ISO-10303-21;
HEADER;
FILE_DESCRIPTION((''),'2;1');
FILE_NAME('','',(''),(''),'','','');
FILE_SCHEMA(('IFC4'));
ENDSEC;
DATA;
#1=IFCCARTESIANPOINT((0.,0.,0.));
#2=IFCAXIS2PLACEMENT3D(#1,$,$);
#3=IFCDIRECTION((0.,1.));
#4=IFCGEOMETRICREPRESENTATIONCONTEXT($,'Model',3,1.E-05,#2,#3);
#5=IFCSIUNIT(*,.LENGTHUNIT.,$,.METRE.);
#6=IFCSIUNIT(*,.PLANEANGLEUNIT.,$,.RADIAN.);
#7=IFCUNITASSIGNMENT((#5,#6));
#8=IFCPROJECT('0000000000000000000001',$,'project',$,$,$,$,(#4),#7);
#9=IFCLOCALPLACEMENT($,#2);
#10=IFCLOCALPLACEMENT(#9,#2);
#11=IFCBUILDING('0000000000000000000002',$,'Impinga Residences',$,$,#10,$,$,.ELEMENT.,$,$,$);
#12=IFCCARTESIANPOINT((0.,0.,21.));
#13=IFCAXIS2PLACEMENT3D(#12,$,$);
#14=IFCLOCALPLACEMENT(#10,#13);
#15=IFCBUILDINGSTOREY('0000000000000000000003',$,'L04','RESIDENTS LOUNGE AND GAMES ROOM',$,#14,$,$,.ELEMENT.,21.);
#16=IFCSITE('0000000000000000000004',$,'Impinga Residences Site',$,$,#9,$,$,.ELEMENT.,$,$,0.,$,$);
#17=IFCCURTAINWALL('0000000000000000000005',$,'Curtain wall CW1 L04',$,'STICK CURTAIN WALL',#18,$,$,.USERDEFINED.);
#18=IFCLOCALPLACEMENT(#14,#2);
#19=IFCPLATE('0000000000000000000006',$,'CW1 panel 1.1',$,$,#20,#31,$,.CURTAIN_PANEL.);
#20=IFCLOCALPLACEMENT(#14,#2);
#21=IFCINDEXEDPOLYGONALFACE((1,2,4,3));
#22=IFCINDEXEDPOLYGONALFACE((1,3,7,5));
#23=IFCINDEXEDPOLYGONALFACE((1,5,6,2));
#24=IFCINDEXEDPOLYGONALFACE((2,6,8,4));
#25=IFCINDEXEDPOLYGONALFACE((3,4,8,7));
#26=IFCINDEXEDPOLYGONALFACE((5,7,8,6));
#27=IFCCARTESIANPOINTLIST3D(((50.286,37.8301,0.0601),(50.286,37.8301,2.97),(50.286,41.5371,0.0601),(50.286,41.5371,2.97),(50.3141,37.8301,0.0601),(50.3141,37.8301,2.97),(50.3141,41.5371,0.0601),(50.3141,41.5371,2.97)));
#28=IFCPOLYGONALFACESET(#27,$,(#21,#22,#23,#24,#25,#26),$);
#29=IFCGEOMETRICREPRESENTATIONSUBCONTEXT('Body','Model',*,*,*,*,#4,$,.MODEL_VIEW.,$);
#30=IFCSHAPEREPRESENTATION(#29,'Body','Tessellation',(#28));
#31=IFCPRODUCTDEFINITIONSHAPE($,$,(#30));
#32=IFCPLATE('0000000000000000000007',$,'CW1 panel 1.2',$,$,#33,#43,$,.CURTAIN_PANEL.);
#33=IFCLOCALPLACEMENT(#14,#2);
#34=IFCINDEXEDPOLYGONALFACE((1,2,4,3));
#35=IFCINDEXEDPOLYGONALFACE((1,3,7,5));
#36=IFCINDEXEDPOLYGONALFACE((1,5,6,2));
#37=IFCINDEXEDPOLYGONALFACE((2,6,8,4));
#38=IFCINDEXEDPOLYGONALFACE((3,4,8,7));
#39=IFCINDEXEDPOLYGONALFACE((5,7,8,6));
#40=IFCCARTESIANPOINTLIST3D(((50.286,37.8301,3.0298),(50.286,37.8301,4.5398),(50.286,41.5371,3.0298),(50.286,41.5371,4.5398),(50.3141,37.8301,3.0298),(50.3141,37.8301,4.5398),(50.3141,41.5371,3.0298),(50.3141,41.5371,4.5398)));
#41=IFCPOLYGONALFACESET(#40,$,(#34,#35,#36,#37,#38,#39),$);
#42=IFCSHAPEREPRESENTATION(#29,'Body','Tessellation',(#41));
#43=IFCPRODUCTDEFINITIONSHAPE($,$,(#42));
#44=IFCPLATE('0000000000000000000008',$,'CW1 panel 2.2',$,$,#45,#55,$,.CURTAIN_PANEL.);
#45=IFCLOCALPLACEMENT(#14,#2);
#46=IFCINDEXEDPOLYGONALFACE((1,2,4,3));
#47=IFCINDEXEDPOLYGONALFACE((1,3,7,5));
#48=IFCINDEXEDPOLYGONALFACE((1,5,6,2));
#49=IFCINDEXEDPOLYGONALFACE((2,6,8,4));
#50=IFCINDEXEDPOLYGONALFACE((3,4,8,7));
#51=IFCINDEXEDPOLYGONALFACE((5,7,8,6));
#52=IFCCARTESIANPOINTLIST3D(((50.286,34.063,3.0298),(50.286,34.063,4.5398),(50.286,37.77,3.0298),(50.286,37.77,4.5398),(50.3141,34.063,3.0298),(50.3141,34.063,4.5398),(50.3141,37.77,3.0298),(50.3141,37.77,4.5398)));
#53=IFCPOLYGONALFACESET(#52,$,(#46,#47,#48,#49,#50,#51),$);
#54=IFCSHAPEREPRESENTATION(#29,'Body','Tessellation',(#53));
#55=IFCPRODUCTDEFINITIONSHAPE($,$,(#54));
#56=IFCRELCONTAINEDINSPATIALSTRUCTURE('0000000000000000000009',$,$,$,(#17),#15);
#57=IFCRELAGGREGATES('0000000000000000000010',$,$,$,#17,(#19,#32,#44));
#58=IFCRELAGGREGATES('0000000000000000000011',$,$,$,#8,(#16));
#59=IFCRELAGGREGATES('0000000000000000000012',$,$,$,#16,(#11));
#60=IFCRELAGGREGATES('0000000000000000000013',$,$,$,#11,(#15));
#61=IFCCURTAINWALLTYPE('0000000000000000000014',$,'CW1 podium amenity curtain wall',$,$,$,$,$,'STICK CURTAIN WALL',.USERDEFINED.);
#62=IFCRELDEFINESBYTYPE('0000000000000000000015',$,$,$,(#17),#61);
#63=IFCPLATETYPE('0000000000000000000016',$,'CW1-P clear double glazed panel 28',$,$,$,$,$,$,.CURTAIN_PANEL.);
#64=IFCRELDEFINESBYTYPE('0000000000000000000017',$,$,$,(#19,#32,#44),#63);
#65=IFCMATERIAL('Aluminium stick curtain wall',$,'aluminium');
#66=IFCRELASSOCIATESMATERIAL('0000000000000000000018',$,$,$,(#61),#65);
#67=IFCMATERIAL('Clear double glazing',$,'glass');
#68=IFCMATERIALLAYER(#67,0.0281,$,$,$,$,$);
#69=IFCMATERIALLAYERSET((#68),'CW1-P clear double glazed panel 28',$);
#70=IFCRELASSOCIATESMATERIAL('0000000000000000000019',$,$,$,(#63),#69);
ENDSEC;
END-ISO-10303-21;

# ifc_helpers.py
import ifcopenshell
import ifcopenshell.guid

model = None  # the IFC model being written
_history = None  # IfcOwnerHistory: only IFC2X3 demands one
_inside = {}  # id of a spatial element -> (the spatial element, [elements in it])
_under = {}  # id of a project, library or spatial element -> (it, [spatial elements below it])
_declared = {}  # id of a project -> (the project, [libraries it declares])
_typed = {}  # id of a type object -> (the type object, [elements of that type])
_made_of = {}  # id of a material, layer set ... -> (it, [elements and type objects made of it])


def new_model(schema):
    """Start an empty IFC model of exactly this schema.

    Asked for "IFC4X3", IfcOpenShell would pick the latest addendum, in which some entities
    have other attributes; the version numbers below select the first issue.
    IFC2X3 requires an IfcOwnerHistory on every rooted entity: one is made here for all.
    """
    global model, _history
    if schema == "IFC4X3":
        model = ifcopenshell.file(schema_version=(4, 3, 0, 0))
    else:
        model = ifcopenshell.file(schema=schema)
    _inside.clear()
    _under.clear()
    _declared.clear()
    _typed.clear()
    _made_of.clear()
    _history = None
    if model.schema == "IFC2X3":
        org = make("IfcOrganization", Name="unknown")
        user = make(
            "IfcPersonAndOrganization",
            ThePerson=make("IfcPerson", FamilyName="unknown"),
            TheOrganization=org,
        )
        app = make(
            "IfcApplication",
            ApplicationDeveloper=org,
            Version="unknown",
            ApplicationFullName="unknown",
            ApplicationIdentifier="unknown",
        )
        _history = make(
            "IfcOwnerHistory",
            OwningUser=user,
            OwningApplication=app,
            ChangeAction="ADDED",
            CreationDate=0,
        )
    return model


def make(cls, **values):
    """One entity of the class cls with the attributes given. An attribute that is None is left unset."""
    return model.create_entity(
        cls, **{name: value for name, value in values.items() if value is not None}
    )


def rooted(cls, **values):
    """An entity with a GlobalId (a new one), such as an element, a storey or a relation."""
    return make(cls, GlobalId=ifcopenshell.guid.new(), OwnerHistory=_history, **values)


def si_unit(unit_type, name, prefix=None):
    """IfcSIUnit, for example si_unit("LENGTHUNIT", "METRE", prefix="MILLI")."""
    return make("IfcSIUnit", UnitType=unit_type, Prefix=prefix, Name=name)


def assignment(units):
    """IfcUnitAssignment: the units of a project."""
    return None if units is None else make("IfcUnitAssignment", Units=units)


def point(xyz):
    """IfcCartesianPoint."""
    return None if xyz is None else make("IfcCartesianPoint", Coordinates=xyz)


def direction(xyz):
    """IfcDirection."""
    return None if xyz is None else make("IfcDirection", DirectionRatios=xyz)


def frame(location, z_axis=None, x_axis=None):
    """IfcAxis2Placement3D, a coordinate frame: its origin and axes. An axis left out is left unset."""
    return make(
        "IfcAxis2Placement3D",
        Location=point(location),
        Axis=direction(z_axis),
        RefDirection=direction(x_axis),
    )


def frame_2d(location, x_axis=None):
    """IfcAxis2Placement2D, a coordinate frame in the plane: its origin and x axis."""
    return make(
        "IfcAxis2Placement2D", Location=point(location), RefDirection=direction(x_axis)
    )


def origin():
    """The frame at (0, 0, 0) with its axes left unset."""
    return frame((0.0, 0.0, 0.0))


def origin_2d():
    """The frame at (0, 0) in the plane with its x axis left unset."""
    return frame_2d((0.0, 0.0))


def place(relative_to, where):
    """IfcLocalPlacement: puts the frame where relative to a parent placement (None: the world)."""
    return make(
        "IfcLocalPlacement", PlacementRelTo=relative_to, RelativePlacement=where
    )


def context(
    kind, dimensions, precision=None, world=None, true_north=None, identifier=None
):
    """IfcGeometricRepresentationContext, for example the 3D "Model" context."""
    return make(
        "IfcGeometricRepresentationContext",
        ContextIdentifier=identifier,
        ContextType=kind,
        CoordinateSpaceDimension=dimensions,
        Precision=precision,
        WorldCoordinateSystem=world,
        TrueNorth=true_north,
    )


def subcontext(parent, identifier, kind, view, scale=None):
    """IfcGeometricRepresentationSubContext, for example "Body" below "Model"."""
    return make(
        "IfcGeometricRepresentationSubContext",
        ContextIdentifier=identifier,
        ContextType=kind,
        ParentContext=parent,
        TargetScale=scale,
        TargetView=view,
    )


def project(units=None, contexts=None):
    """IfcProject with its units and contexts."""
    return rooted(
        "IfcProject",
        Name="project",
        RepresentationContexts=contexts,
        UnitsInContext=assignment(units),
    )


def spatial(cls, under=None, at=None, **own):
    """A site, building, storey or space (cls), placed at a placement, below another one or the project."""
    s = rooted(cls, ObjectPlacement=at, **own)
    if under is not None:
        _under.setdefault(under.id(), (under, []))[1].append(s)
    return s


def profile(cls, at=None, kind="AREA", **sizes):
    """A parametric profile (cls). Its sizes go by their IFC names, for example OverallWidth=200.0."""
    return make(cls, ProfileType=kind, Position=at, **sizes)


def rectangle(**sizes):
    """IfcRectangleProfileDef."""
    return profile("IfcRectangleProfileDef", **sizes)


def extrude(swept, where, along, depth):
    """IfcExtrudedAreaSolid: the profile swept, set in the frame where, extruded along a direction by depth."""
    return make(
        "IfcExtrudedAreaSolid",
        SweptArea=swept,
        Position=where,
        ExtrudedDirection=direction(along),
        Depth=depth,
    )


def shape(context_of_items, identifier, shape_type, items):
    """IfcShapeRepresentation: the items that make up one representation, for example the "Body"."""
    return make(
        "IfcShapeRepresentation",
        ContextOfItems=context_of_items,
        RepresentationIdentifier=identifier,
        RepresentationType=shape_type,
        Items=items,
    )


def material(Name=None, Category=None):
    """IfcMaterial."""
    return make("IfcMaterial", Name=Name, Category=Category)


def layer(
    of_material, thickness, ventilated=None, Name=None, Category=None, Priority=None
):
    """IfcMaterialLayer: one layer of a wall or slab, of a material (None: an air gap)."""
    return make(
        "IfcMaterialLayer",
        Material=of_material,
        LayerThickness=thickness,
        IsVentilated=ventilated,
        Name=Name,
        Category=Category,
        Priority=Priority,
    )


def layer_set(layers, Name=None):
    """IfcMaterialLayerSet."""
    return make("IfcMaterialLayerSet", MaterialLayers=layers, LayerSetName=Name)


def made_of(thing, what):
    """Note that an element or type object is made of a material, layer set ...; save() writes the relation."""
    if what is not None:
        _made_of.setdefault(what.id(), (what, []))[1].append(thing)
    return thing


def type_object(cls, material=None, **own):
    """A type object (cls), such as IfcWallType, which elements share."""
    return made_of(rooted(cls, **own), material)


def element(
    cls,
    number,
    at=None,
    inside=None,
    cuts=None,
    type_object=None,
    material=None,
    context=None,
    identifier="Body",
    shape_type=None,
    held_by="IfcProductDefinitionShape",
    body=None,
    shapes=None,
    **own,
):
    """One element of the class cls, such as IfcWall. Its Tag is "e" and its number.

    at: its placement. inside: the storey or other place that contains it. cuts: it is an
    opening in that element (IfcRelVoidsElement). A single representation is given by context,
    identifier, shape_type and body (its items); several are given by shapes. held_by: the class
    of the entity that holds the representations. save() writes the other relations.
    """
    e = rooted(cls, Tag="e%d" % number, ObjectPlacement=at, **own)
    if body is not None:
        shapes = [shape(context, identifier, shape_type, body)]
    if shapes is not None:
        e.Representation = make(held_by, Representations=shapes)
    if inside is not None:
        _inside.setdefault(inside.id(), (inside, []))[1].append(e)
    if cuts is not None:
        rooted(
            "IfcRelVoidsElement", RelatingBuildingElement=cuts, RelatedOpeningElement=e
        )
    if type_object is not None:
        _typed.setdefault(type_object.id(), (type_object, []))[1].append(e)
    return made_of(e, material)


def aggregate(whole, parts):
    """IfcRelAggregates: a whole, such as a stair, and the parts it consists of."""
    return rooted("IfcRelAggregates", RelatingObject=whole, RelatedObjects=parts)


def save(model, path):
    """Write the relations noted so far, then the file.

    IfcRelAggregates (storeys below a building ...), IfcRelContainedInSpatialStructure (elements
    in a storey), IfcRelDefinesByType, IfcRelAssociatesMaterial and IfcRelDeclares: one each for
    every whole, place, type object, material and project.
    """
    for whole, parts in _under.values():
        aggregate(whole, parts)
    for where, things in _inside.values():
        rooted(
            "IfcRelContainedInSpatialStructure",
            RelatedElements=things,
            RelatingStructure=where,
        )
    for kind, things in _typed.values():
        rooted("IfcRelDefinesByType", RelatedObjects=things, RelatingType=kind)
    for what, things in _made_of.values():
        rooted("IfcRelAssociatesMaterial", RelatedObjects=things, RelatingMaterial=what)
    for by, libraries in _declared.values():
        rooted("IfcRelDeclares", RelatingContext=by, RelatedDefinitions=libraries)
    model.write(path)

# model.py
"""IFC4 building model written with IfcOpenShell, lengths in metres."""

from ifc_helpers import new_model, si_unit, direction, frame, origin, origin_2d, place, context, subcontext, project, spatial, rectangle, extrude, material, layer, layer_set, type_object, element, aggregate, save


model = new_model("IFC4")

# Units and contexts
model_context = context("Model", 3, precision=1e-05, world=origin(), true_north=direction((0.0, 1.0)))
body_context = subcontext(model_context, "Body", "Model", "MODEL_VIEW")
ifc_project = project(units=[si_unit("LENGTHUNIT", "METRE"), si_unit("PLANEANGLEUNIT", "RADIAN")], contexts=[model_context])

# Site, building, storey
site_placement = place(None, origin())
site = spatial("IfcSite", under=ifc_project, at=site_placement, Name="Impinga Residences Site", CompositionType="ELEMENT", RefElevation=0.0)
building_placement = place(site_placement, origin())
building = spatial("IfcBuilding", under=site, at=building_placement, Name="Impinga Residences", CompositionType="ELEMENT")
storey_placement = place(building_placement, frame((0.0, 0.0, 21.0)))
storey = spatial("IfcBuildingStorey", under=building, at=storey_placement, Name="L04", Description="RESIDENTS LOUNGE AND GAMES ROOM", CompositionType="ELEMENT", Elevation=21.0)

# Shared definitions
ifc_material_1 = material(Name="Aluminium stick curtain wall", Category="aluminium")
curtain_wall_type = type_object("IfcCurtainWallType", Name="CW1 podium amenity curtain wall", ElementType="STICK CURTAIN WALL", PredefinedType="USERDEFINED", material=ifc_material_1)

# Curtain wall
curtain_wall_1_placement = place(storey_placement, origin())
curtain_wall_1 = element("IfcCurtainWall", 1, at=curtain_wall_1_placement, inside=storey, type_object=curtain_wall_type, Name="Curtain wall CW1 L04", ObjectType="STICK CURTAIN WALL", PredefinedType="USERDEFINED")

# Plates
ifc_material_2 = material(Name="Clear double glazing", Category="glass")
ifc_layer = layer(ifc_material_2, 0.0281)
ifc_layer_set = layer_set([ifc_layer], Name="CW1-P clear double glazed panel 28")
plate_type = type_object("IfcPlateType", Name="CW1-P clear double glazed panel 28", PredefinedType="CURTAIN_PANEL", material=ifc_layer_set)
plate_1_placement = place(storey_placement, frame((50.3, 39.6836, 0.0601), z_axis=(0.0, 0.0, 1.0), x_axis=(0.0, -1.0, 0.0)))
plate_1 = element("IfcPlate", 2, at=plate_1_placement, type_object=plate_type, Name="CW1 panel 1.1", PredefinedType="CURTAIN_PANEL", context=body_context, shape_type="SweptSolid", body=[
    extrude(rectangle(XDim=3.707, YDim=0.0281, at=origin_2d()), origin(), (0.0, 0.0, 1.0), 2.9099),
])
plate_2_placement = place(storey_placement, frame((50.3, 39.6836, 3.0298), z_axis=(0.0, 0.0, 1.0), x_axis=(0.0, -1.0, 0.0)))
plate_2 = element("IfcPlate", 3, at=plate_2_placement, type_object=plate_type, Name="CW1 panel 1.2", PredefinedType="CURTAIN_PANEL", context=body_context, shape_type="SweptSolid", body=[
    extrude(rectangle(XDim=3.707, YDim=0.0281, at=origin_2d()), origin(), (0.0, 0.0, 1.0), 1.51),
])
plate_3_placement = place(storey_placement, frame((50.3, 35.9165, 3.0298), z_axis=(0.0, 0.0, 1.0), x_axis=(0.0, -1.0, 0.0)))
plate_3 = element("IfcPlate", 4, at=plate_3_placement, type_object=plate_type, Name="CW1 panel 2.2", PredefinedType="CURTAIN_PANEL", context=body_context, shape_type="SweptSolid", body=[
    extrude(rectangle(XDim=3.707, YDim=0.0281, at=origin_2d()), origin(), (0.0, 0.0, 1.0), 1.51),
])
aggregate(curtain_wall_1, [plate_1, plate_2, plate_3])

save(model, "model.ifc")
